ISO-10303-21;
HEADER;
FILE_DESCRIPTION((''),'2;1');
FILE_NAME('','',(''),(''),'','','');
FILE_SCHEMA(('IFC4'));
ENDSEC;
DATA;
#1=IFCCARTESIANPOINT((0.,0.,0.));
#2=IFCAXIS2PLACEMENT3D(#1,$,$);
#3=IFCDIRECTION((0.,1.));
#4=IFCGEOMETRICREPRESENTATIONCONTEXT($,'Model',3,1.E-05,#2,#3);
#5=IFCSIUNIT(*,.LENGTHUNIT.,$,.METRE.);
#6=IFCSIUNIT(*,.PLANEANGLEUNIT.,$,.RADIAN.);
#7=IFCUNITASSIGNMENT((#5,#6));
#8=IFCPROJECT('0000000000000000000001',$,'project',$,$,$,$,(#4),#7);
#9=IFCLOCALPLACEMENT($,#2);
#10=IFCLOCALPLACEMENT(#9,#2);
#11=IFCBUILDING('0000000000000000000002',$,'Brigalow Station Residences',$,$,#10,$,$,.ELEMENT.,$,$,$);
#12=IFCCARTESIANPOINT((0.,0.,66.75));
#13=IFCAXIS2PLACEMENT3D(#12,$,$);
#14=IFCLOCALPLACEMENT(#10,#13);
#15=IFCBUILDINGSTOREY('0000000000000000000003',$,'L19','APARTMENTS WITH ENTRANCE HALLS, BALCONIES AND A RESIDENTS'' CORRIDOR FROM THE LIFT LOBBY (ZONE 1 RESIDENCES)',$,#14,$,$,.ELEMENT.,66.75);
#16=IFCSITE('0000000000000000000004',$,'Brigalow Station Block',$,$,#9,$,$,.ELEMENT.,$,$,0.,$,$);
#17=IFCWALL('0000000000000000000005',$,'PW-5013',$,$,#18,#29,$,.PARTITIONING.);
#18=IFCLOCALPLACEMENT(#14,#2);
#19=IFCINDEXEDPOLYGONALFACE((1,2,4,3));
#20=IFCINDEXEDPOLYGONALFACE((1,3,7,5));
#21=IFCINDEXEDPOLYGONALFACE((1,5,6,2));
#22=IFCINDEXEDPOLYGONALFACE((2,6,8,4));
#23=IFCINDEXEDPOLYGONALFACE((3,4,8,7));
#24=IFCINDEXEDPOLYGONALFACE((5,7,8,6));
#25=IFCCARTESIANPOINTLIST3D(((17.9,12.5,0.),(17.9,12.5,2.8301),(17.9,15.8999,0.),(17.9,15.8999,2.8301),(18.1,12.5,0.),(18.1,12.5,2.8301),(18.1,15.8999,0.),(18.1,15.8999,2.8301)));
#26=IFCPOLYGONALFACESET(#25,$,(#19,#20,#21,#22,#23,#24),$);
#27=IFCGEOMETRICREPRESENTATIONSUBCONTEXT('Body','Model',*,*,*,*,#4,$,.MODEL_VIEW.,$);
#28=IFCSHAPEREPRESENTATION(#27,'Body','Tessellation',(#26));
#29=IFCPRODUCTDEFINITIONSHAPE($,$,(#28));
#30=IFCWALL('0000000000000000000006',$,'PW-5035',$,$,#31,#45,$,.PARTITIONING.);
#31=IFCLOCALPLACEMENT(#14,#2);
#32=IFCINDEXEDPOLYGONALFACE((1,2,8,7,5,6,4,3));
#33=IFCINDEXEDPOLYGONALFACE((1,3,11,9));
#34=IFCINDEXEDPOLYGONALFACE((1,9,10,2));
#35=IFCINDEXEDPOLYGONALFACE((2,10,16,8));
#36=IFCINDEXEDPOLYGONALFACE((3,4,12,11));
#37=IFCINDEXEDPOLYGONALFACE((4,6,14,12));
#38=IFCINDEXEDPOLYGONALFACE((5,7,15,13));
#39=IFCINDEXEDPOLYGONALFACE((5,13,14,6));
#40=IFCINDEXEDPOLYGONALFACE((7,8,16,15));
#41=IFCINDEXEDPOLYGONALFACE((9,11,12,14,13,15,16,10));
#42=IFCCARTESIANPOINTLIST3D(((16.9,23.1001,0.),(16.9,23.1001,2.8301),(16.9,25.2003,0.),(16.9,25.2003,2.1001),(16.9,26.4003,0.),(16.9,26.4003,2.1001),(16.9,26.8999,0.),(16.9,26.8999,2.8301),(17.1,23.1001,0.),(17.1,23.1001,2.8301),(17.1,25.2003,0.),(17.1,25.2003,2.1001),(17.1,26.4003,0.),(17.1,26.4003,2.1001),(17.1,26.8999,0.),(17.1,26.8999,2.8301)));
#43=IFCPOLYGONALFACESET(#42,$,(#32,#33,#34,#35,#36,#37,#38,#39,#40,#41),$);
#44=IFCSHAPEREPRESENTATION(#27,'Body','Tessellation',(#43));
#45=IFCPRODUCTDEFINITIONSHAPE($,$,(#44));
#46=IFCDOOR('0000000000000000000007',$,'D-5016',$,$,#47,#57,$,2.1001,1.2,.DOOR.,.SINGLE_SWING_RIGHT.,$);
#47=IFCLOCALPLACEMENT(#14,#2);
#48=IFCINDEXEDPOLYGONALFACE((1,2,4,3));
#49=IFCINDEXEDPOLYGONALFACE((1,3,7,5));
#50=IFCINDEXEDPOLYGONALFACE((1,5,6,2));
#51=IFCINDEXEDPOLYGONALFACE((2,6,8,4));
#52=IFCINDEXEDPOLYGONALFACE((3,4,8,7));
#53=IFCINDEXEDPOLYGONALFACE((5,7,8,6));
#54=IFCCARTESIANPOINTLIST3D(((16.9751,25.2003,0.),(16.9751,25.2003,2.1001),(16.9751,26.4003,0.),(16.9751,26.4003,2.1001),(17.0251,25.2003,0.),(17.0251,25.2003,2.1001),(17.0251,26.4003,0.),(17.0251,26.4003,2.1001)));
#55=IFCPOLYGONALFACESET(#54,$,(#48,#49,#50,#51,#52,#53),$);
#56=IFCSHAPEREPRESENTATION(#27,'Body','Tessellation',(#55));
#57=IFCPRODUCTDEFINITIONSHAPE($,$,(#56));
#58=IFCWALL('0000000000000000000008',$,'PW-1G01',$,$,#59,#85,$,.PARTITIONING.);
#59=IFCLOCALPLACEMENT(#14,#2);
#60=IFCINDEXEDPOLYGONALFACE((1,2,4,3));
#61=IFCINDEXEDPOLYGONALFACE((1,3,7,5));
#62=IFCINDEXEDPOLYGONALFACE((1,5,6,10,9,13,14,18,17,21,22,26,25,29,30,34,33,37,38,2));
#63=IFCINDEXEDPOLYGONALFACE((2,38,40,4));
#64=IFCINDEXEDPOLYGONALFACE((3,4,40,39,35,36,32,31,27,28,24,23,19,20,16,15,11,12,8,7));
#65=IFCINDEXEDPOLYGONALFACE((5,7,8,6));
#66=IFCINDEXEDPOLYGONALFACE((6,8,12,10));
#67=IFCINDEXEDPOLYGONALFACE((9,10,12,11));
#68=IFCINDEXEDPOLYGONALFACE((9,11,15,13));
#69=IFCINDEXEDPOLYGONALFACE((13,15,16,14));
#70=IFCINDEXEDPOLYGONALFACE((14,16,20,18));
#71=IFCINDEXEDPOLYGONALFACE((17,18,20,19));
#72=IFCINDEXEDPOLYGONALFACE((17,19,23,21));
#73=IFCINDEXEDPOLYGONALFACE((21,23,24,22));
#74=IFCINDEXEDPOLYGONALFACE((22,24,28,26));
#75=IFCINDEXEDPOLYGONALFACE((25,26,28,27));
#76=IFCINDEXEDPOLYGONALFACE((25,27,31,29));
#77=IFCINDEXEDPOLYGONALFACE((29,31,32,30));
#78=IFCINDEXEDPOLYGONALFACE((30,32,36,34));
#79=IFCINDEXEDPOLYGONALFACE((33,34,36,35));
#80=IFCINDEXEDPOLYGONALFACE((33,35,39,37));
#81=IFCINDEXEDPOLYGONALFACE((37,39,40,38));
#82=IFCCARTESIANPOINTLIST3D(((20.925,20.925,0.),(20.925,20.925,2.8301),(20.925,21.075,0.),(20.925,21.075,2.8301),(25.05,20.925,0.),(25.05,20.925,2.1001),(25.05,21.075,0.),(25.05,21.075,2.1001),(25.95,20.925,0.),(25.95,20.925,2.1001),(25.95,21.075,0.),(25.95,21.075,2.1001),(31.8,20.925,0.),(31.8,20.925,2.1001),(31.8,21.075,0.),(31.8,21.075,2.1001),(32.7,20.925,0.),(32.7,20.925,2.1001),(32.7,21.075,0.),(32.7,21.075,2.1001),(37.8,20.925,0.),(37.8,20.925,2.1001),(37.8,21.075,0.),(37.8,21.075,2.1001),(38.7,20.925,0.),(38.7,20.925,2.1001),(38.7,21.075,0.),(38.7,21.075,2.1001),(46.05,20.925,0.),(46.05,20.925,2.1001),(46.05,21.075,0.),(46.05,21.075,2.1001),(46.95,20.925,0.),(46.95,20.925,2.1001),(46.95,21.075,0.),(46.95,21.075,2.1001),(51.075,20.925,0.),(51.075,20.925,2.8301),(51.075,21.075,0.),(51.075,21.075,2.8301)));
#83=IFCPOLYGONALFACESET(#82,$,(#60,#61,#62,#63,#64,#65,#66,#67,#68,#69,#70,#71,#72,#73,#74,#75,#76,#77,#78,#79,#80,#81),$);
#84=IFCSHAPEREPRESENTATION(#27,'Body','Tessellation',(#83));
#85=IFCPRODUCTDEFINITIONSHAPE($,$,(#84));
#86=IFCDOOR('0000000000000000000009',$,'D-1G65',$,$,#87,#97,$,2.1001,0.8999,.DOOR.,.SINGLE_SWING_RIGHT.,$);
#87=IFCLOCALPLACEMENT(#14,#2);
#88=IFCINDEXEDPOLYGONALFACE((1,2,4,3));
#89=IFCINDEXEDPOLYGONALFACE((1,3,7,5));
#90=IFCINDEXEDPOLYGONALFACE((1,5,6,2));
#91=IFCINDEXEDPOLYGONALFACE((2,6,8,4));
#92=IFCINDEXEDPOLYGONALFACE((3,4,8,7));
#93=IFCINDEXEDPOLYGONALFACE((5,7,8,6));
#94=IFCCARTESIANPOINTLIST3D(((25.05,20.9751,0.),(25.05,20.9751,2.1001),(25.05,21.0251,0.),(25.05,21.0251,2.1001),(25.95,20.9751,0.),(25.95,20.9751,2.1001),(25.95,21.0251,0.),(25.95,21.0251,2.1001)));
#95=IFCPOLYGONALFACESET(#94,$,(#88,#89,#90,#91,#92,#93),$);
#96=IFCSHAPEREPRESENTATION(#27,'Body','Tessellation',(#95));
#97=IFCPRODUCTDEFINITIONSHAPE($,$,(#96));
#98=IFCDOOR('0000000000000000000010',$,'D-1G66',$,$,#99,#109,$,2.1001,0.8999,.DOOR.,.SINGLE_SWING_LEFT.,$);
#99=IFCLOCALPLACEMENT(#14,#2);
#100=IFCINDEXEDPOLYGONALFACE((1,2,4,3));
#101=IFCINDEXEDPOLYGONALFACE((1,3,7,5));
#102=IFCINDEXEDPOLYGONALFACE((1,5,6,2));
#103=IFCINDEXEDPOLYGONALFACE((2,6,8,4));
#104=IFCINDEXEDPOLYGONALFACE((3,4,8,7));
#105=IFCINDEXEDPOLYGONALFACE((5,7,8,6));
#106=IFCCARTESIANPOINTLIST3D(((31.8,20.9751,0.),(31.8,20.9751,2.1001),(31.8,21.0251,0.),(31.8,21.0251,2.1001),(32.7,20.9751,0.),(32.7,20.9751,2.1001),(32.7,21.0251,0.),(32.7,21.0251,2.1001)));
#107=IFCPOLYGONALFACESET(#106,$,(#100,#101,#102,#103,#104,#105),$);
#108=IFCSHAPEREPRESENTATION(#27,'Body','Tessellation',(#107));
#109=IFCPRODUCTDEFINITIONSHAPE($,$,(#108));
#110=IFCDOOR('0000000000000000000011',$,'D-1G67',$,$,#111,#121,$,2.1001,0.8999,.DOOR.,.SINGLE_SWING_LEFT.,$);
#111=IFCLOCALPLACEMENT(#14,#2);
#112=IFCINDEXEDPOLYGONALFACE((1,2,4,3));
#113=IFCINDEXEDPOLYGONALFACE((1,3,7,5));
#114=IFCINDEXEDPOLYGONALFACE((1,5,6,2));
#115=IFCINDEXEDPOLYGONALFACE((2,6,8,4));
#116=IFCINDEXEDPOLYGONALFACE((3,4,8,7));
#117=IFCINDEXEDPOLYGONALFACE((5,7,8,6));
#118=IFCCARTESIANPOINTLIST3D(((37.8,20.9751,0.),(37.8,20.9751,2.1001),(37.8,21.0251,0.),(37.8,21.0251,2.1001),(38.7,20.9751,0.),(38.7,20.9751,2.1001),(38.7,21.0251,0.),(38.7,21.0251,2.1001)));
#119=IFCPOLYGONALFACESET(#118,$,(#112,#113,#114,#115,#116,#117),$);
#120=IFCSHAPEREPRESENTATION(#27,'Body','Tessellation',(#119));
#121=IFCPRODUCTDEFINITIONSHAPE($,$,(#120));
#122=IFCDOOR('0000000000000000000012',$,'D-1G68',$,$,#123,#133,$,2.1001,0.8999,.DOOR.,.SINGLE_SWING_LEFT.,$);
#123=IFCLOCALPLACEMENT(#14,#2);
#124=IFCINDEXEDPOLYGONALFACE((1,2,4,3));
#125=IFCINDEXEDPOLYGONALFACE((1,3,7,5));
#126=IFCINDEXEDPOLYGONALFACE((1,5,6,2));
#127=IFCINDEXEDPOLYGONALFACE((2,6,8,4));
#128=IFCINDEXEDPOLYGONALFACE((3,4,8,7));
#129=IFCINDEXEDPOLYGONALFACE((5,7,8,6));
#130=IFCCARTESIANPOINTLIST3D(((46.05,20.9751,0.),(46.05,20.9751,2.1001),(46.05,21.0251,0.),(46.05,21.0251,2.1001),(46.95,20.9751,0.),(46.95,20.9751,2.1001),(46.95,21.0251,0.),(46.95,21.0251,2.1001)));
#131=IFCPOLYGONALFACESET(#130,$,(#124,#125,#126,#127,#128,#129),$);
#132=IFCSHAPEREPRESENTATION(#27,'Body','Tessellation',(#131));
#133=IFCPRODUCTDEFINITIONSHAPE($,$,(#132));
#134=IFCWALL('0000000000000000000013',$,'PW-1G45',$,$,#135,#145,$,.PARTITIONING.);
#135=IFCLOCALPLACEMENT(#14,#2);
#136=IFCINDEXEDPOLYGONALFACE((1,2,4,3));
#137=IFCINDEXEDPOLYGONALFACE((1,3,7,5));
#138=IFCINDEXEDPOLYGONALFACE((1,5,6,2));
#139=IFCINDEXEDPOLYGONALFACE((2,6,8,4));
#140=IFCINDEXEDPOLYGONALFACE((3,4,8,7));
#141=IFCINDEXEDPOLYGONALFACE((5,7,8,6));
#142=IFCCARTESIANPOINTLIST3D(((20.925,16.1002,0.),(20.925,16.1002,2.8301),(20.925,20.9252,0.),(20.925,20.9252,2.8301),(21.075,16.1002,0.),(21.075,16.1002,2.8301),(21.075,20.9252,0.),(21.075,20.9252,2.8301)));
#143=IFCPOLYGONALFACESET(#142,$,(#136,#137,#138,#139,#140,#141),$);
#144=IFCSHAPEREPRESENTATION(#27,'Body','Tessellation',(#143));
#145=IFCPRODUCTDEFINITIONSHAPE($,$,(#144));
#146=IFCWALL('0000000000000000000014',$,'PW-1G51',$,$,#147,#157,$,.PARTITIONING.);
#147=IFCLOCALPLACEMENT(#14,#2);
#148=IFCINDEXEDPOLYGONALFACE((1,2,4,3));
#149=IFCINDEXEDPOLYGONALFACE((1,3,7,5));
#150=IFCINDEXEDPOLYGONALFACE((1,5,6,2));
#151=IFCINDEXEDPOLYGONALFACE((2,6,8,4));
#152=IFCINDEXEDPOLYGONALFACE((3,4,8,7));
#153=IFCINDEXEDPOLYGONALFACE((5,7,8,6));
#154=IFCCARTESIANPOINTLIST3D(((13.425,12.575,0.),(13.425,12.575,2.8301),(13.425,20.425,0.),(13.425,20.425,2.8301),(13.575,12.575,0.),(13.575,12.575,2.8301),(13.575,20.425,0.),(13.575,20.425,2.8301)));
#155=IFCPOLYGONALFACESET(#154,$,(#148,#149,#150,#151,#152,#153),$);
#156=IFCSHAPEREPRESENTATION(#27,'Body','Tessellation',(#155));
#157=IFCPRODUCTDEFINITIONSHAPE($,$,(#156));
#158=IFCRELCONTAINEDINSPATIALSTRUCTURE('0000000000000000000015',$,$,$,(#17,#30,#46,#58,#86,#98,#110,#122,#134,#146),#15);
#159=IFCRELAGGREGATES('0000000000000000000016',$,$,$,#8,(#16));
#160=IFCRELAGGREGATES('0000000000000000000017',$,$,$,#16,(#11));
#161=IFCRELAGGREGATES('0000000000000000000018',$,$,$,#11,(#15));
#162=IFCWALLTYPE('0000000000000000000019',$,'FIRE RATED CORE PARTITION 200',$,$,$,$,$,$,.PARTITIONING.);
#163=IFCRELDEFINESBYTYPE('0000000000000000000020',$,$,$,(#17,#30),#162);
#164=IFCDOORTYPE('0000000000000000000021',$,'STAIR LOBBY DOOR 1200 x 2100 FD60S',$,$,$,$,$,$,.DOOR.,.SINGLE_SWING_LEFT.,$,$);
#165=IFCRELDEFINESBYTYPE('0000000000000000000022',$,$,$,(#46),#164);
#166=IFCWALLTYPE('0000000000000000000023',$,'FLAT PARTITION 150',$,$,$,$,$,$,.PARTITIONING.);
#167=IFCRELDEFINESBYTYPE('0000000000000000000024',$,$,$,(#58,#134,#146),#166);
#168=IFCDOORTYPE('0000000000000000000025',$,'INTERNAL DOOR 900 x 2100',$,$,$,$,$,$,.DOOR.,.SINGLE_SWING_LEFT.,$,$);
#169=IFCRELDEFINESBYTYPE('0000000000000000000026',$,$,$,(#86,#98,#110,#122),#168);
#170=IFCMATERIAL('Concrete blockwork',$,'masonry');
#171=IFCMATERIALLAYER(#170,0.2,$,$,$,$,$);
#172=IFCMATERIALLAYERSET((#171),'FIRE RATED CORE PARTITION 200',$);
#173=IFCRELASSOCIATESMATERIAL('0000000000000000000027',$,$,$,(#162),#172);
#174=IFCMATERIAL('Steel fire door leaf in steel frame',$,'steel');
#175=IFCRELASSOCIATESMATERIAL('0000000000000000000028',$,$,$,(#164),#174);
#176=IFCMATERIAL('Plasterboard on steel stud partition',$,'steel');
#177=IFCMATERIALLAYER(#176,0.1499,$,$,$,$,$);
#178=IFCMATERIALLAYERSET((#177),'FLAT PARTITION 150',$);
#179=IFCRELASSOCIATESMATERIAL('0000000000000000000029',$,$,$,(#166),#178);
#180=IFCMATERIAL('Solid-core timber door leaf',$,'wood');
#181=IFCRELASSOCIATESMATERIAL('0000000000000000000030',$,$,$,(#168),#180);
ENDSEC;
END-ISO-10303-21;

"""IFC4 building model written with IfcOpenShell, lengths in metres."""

from ifc_helpers import new_model, si_unit, direction, frame, frame_2d, origin, place, context, subcontext, project, spatial, rectangle, extrude, material, layer, layer_set, type_object, element, fill, save


model = new_model("IFC4")

# Units and contexts
model_context = context("Model", 3, precision=1e-05, world=origin(), true_north=direction((0.0, 1.0)))
body_context = subcontext(model_context, "Body", "Model", "MODEL_VIEW")
ifc_project = project(units=[si_unit("LENGTHUNIT", "METRE"), si_unit("PLANEANGLEUNIT", "RADIAN")], contexts=[model_context])

# Site, building, storey
site_placement = place(None, origin())
site = spatial("IfcSite", under=ifc_project, at=site_placement, Name="Brigalow Station Block", CompositionType="ELEMENT", RefElevation=0.0)
building_placement = place(site_placement, origin())
building = spatial("IfcBuilding", under=site, at=building_placement, Name="Brigalow Station Residences", CompositionType="ELEMENT")
storey_placement = place(building_placement, frame((0.0, 0.0, 66.75)))
storey = spatial("IfcBuildingStorey", under=building, at=storey_placement, Name="L19", Description="APARTMENTS WITH ENTRANCE HALLS, BALCONIES AND A RESIDENTS' CORRIDOR FROM THE LIFT LOBBY (ZONE 1 RESIDENCES)", CompositionType="ELEMENT", Elevation=66.75)

# Wall
ifc_material_1 = material(Name="Concrete blockwork", Category="masonry")
ifc_layer_1 = layer(ifc_material_1, 0.2)
ifc_layer_set_1 = layer_set([ifc_layer_1], Name="FIRE RATED CORE PARTITION 200")
wall_type_1 = type_object("IfcWallType", Name="FIRE RATED CORE PARTITION 200", PredefinedType="PARTITIONING", material=ifc_layer_set_1)
wall_1_placement = place(storey_placement, frame((18.0, 12.5, 0.0), z_axis=(0.0, 0.0, 1.0), x_axis=(0.0, 1.0, 0.0)))
element("IfcWall", 1, at=wall_1_placement, inside=storey, type_object=wall_type_1, Name="PW-5013", PredefinedType="PARTITIONING", context=body_context, shape_type="SweptSolid", body=[
    extrude(rectangle(XDim=3.3999, YDim=0.2, at=frame_2d((1.7, 0.0))), origin(), (0.0, 0.0, 1.0), 2.8301),
])

# Wall, opening, door
wall_2_placement = place(storey_placement, frame((17.0, 23.1001, 0.0), z_axis=(0.0, 0.0, 1.0), x_axis=(0.0, 1.0, 0.0)))
wall_2 = element("IfcWall", 2, at=wall_2_placement, inside=storey, type_object=wall_type_1, Name="PW-5035", PredefinedType="PARTITIONING", context=body_context, shape_type="SweptSolid", body=[
    extrude(rectangle(XDim=3.7998, YDim=0.2, at=frame_2d((1.8999, 0.0))), origin(), (0.0, 0.0, 1.0), 2.8301),
])
opening_1_placement = place(wall_2_placement, frame((2.1001, 0.0, 0.0)))
opening_1 = element("IfcOpeningElement", 3, at=opening_1_placement, cuts=wall_2, PredefinedType="OPENING", context=body_context, shape_type="SweptSolid", body=[
    extrude(rectangle(XDim=1.2, YDim=2.1001, at=frame_2d((0.6001, 1.05))), frame((0.0, 0.1099, 0.0), z_axis=(0.0, -1.0, 0.0), x_axis=(1.0, 0.0, 0.0)), (0.0, 0.0, 1.0), 0.22),
])
ifc_material_2 = material(Name="Steel fire door leaf in steel frame", Category="steel")
door_type_1 = type_object("IfcDoorType", Name="STAIR LOBBY DOOR 1200 x 2100 FD60S", OperationType="SINGLE_SWING_LEFT", PredefinedType="DOOR", material=ifc_material_2)
door_1_placement = place(opening_1_placement, origin())
door_1 = element("IfcDoor", 4, at=door_1_placement, inside=storey, type_object=door_type_1, Name="D-5016", OperationType="SINGLE_SWING_RIGHT", OverallHeight=2.1001, OverallWidth=1.2, PredefinedType="DOOR", context=body_context, shape_type="SweptSolid", body=[
    extrude(rectangle(XDim=1.2, YDim=2.1001, at=frame_2d((0.6001, 1.05))), frame((0.0, 0.0249, 0.0), z_axis=(0.0, -1.0, 0.0), x_axis=(1.0, 0.0, 0.0)), (0.0, 0.0, 1.0), 0.05),
])
fill(opening_1, door_1)

# Wall, openings, doors
ifc_material_3 = material(Name="Plasterboard on steel stud partition", Category="steel")
ifc_layer_2 = layer(ifc_material_3, 0.1499)
ifc_layer_set_2 = layer_set([ifc_layer_2], Name="FLAT PARTITION 150")
wall_type_2 = type_object("IfcWallType", Name="FLAT PARTITION 150", PredefinedType="PARTITIONING", material=ifc_layer_set_2)
wall_3_placement = place(storey_placement, frame((20.925, 21.0, 0.0), z_axis=(0.0, 0.0, 1.0), x_axis=(1.0, 0.0, 0.0)))
wall_3 = element("IfcWall", 5, at=wall_3_placement, inside=storey, type_object=wall_type_2, Name="PW-1G01", PredefinedType="PARTITIONING", context=body_context, shape_type="SweptSolid", body=[
    extrude(rectangle(XDim=30.1499, YDim=0.1499, at=frame_2d((15.075, 0.0))), origin(), (0.0, 0.0, 1.0), 2.8301),
])
opening_2_placement = place(wall_3_placement, frame((4.125, 0.0, 0.0)))
opening_2 = element("IfcOpeningElement", 6, at=opening_2_placement, cuts=wall_3, PredefinedType="OPENING", context=body_context, shape_type="SweptSolid", body=[
    extrude(rectangle(XDim=0.8999, YDim=2.1001, at=frame_2d((0.45, 1.05))), frame((0.0, 0.085, 0.0), z_axis=(0.0, -1.0, 0.0), x_axis=(1.0, 0.0, 0.0)), (0.0, 0.0, 1.0), 0.1699),
])
opening_3_placement = place(wall_3_placement, frame((10.875, 0.0, 0.0)))
opening_3 = element("IfcOpeningElement", 7, at=opening_3_placement, cuts=wall_3, PredefinedType="OPENING", context=body_context, shape_type="SweptSolid", body=[
    extrude(rectangle(XDim=0.8999, YDim=2.1001, at=frame_2d((0.45, 1.05))), frame((0.0, 0.085, 0.0), z_axis=(0.0, -1.0, 0.0), x_axis=(1.0, 0.0, 0.0)), (0.0, 0.0, 1.0), 0.1699),
])
opening_4_placement = place(wall_3_placement, frame((16.875, 0.0, 0.0)))
opening_4 = element("IfcOpeningElement", 8, at=opening_4_placement, cuts=wall_3, PredefinedType="OPENING", context=body_context, shape_type="SweptSolid", body=[
    extrude(rectangle(XDim=0.8999, YDim=2.1001, at=frame_2d((0.45, 1.05))), frame((0.0, 0.085, 0.0), z_axis=(0.0, -1.0, 0.0), x_axis=(1.0, 0.0, 0.0)), (0.0, 0.0, 1.0), 0.1699),
])
opening_5_placement = place(wall_3_placement, frame((25.125, 0.0, 0.0)))
opening_5 = element("IfcOpeningElement", 9, at=opening_5_placement, cuts=wall_3, PredefinedType="OPENING", context=body_context, shape_type="SweptSolid", body=[
    extrude(rectangle(XDim=0.8999, YDim=2.1001, at=frame_2d((0.45, 1.05))), frame((0.0, 0.085, 0.0), z_axis=(0.0, -1.0, 0.0), x_axis=(1.0, 0.0, 0.0)), (0.0, 0.0, 1.0), 0.1699),
])
ifc_material_4 = material(Name="Solid-core timber door leaf", Category="wood")
door_type_2 = type_object("IfcDoorType", Name="INTERNAL DOOR 900 x 2100", OperationType="SINGLE_SWING_LEFT", PredefinedType="DOOR", material=ifc_material_4)
door_2_placement = place(opening_2_placement, frame((0.8999, 0.0, 0.0), z_axis=(0.0, 0.0, 1.0), x_axis=(-1.0, 0.0, 0.0)))
door_2 = element("IfcDoor", 10, at=door_2_placement, inside=storey, type_object=door_type_2, Name="D-1G65", OperationType="SINGLE_SWING_RIGHT", OverallHeight=2.1001, OverallWidth=0.8999, PredefinedType="DOOR", context=body_context, shape_type="SweptSolid", body=[
    extrude(rectangle(XDim=0.8999, YDim=2.1001, at=frame_2d((0.45, 1.05))), frame((0.0, 0.0249, 0.0), z_axis=(0.0, -1.0, 0.0), x_axis=(1.0, 0.0, 0.0)), (0.0, 0.0, 1.0), 0.05),
])
fill(opening_2, door_2)
door_3_placement = place(opening_3_placement, frame((0.8999, 0.0, 0.0), z_axis=(0.0, 0.0, 1.0), x_axis=(-1.0, 0.0, 0.0)))
door_3 = element("IfcDoor", 11, at=door_3_placement, inside=storey, type_object=door_type_2, Name="D-1G66", OperationType="SINGLE_SWING_LEFT", OverallHeight=2.1001, OverallWidth=0.8999, PredefinedType="DOOR", context=body_context, shape_type="SweptSolid", body=[
    extrude(rectangle(XDim=0.8999, YDim=2.1001, at=frame_2d((0.45, 1.05))), frame((0.0, 0.0249, 0.0), z_axis=(0.0, -1.0, 0.0), x_axis=(1.0, 0.0, 0.0)), (0.0, 0.0, 1.0), 0.05),
])
fill(opening_3, door_3)
door_4_placement = place(opening_4_placement, frame((0.8999, 0.0, 0.0), z_axis=(0.0, 0.0, 1.0), x_axis=(-1.0, 0.0, 0.0)))
door_4 = element("IfcDoor", 12, at=door_4_placement, inside=storey, type_object=door_type_2, Name="D-1G67", OperationType="SINGLE_SWING_LEFT", OverallHeight=2.1001, OverallWidth=0.8999, PredefinedType="DOOR", context=body_context, shape_type="SweptSolid", body=[
    extrude(rectangle(XDim=0.8999, YDim=2.1001, at=frame_2d((0.45, 1.05))), frame((0.0, 0.0249, 0.0), z_axis=(0.0, -1.0, 0.0), x_axis=(1.0, 0.0, 0.0)), (0.0, 0.0, 1.0), 0.05),
])
fill(opening_4, door_4)
door_5_placement = place(opening_5_placement, frame((0.8999, 0.0, 0.0), z_axis=(0.0, 0.0, 1.0), x_axis=(-1.0, 0.0, 0.0)))
door_5 = element("IfcDoor", 13, at=door_5_placement, inside=storey, type_object=door_type_2, Name="D-1G68", OperationType="SINGLE_SWING_LEFT", OverallHeight=2.1001, OverallWidth=0.8999, PredefinedType="DOOR", context=body_context, shape_type="SweptSolid", body=[
    extrude(rectangle(XDim=0.8999, YDim=2.1001, at=frame_2d((0.45, 1.05))), frame((0.0, 0.0249, 0.0), z_axis=(0.0, -1.0, 0.0), x_axis=(1.0, 0.0, 0.0)), (0.0, 0.0, 1.0), 0.05),
])
fill(opening_5, door_5)

# Walls
wall_4_placement = place(storey_placement, frame((21.0, 16.1001, 0.0), z_axis=(0.0, 0.0, 1.0), x_axis=(0.0, 1.0, 0.0)))
element("IfcWall", 14, at=wall_4_placement, inside=storey, type_object=wall_type_2, Name="PW-1G45", PredefinedType="PARTITIONING", context=body_context, shape_type="SweptSolid", body=[
    extrude(rectangle(XDim=4.825, YDim=0.1499, at=frame_2d((2.4126, 0.0))), origin(), (0.0, 0.0, 1.0), 2.8301),
])
wall_5_placement = place(storey_placement, frame((13.5, 12.575, 0.0), z_axis=(0.0, 0.0, 1.0), x_axis=(0.0, 1.0, 0.0)))
element("IfcWall", 15, at=wall_5_placement, inside=storey, type_object=wall_type_2, Name="PW-1G51", PredefinedType="PARTITIONING", context=body_context, shape_type="SweptSolid", body=[
    extrude(rectangle(XDim=7.8501, YDim=0.1499, at=frame_2d((3.925, 0.0))), origin(), (0.0, 0.0, 1.0), 2.8301),
])

save(model, "model.ifc")
